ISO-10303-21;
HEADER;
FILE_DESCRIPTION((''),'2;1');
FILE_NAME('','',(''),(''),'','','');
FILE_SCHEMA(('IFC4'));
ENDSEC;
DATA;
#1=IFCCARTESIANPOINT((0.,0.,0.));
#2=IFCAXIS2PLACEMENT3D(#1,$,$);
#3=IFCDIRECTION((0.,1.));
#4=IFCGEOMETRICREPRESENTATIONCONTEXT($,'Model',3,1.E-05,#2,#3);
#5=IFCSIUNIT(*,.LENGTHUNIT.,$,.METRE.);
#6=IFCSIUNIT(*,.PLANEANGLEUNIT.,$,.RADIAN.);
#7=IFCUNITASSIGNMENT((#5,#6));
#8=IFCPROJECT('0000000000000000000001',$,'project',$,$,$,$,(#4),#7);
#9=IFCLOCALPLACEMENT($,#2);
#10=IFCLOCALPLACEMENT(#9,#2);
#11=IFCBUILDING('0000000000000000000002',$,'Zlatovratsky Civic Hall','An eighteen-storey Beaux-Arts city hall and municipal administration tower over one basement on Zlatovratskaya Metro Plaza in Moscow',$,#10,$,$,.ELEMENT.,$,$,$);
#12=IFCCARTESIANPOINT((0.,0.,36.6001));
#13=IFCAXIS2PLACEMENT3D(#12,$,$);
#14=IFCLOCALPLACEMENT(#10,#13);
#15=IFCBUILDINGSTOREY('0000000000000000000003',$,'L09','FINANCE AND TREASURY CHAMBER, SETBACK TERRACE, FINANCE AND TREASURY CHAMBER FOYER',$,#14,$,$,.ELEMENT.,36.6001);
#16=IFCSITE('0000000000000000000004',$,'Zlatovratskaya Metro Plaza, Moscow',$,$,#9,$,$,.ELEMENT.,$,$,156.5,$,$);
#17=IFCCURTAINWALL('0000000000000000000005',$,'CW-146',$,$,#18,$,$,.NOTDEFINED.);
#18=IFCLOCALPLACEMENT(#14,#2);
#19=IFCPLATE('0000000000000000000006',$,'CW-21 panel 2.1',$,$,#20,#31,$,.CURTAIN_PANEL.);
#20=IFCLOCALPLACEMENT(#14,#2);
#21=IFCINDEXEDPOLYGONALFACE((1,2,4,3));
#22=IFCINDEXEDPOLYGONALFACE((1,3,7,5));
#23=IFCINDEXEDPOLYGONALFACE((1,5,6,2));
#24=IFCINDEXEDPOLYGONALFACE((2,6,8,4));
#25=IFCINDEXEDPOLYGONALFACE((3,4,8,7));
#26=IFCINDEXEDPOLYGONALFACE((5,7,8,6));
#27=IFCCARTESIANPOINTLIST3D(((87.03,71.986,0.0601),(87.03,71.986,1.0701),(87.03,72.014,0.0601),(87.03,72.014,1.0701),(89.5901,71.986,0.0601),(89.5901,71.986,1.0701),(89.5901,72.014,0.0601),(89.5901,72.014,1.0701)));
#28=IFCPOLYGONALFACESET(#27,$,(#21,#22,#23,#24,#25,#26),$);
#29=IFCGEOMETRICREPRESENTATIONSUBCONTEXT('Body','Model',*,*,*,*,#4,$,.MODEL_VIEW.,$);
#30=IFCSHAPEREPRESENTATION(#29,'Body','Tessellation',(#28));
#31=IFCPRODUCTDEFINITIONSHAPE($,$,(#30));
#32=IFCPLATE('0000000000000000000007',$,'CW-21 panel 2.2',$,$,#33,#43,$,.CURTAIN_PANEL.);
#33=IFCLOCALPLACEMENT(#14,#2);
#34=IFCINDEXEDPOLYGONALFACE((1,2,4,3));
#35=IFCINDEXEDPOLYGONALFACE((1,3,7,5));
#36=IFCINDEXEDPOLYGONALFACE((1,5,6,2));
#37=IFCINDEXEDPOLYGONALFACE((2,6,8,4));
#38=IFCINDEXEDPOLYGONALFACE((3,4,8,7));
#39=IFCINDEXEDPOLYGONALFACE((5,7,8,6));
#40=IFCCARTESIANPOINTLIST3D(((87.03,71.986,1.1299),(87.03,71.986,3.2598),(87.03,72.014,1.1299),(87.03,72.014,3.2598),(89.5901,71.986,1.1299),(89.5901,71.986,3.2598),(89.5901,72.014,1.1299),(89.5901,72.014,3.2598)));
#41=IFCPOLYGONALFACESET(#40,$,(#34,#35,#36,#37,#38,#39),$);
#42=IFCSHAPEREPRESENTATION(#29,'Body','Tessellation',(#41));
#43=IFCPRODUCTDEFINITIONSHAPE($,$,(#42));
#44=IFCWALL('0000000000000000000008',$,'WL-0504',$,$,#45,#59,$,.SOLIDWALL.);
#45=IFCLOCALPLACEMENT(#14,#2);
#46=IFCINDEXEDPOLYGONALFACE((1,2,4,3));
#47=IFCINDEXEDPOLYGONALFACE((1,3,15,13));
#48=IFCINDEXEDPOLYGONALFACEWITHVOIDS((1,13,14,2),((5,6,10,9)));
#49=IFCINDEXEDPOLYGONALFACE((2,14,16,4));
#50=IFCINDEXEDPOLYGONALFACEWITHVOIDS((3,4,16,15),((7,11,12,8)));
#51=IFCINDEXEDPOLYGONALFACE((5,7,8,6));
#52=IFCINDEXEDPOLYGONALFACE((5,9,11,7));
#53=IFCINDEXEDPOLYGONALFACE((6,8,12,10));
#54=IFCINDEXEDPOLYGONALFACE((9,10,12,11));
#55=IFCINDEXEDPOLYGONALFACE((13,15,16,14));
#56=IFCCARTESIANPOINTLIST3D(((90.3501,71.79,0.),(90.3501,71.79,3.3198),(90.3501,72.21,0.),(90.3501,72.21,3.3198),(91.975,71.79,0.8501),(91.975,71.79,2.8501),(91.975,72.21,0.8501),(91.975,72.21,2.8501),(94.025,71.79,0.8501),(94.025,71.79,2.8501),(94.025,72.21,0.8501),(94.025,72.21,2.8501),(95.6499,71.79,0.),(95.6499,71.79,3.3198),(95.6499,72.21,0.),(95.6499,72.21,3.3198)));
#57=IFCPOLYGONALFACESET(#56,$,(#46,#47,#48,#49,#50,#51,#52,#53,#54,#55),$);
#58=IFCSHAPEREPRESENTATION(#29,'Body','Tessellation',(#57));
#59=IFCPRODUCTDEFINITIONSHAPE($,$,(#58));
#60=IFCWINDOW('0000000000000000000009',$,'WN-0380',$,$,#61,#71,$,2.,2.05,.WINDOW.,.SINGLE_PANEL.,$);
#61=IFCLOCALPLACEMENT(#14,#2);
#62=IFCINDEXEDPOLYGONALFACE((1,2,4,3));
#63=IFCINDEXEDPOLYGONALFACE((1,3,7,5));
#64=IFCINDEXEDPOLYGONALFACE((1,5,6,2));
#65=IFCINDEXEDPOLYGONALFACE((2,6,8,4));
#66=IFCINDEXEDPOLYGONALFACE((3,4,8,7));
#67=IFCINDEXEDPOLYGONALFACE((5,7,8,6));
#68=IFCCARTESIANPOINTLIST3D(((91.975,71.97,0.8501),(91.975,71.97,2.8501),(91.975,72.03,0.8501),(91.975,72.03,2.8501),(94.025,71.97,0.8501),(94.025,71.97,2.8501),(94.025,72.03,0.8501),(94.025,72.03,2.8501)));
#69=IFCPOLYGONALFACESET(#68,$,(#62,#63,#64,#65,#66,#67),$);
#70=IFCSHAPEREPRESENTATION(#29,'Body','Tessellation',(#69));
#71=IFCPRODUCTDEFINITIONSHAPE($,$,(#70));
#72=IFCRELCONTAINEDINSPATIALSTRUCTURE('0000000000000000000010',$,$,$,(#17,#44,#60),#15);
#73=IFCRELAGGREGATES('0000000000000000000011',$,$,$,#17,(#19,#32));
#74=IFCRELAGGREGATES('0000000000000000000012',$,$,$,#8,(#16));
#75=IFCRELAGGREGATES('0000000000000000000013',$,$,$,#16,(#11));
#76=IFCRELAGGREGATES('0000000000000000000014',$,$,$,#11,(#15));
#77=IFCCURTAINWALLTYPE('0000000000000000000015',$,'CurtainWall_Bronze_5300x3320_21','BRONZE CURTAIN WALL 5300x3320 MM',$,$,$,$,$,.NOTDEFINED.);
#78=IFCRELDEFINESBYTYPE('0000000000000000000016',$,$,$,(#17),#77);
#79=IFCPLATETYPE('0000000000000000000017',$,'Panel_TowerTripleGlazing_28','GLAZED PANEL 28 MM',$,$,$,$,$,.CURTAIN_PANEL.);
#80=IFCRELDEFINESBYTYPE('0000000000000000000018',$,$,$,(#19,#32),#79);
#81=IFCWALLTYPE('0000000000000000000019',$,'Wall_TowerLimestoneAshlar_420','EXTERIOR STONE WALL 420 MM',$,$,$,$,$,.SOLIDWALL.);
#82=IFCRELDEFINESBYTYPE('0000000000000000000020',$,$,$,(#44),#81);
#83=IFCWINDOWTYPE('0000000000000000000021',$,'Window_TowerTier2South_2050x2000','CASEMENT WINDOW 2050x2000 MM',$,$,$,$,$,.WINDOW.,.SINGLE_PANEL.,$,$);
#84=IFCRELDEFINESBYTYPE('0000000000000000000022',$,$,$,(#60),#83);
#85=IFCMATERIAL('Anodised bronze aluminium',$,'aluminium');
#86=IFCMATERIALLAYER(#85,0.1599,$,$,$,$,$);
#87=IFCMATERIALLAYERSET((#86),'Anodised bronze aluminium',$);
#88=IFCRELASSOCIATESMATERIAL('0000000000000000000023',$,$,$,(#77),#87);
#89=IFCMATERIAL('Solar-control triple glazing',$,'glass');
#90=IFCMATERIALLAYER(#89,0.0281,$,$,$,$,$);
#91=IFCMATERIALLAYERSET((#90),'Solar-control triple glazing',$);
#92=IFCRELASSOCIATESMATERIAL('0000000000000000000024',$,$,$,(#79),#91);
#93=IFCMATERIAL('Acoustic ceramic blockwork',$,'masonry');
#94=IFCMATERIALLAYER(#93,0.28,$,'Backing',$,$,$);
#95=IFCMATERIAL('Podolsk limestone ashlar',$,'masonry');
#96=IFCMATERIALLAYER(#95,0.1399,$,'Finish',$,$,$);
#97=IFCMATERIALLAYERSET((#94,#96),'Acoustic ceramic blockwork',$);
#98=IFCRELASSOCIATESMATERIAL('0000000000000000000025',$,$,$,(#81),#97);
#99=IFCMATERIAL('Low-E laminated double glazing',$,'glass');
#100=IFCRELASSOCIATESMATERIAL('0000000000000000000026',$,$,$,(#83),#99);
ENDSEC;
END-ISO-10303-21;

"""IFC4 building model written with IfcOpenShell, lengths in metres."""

from ifc_helpers import new_model, si_unit, direction, frame, frame_2d, origin, origin_2d, place, context, subcontext, project, spatial, rectangle, extrude, material, layer, layer_set, type_object, element, fill, aggregate, save


model = new_model("IFC4")

# Units and contexts
model_context = context("Model", 3, precision=1e-05, world=origin(), true_north=direction((0.0, 1.0)))
body_context = subcontext(model_context, "Body", "Model", "MODEL_VIEW")
ifc_project = project(units=[si_unit("LENGTHUNIT", "METRE"), si_unit("PLANEANGLEUNIT", "RADIAN")], contexts=[model_context])

# Site, building, storey
site_placement = place(None, origin())
site = spatial("IfcSite", under=ifc_project, at=site_placement, Name="Zlatovratskaya Metro Plaza, Moscow", CompositionType="ELEMENT", RefElevation=156.5)
building_placement = place(site_placement, origin())
building = spatial("IfcBuilding", under=site, at=building_placement, Name="Zlatovratsky Civic Hall", Description="An eighteen-storey Beaux-Arts city hall and municipal administration tower over one basement on Zlatovratskaya Metro Plaza in Moscow", CompositionType="ELEMENT")
storey_placement = place(building_placement, frame((0.0, 0.0, 36.6001)))
storey = spatial("IfcBuildingStorey", under=building, at=storey_placement, Name="L09", Description="FINANCE AND TREASURY CHAMBER, SETBACK TERRACE, FINANCE AND TREASURY CHAMBER FOYER", CompositionType="ELEMENT", Elevation=36.6001)

# Shared definitions
ifc_material_1 = material(Name="Anodised bronze aluminium", Category="aluminium")
ifc_layer_1 = layer(ifc_material_1, 0.1599)
ifc_layer_set_1 = layer_set([ifc_layer_1], Name="Anodised bronze aluminium")
curtain_wall_type = type_object("IfcCurtainWallType", Name="CurtainWall_Bronze_5300x3320_21", Description="BRONZE CURTAIN WALL 5300x3320 MM", PredefinedType="NOTDEFINED", material=ifc_layer_set_1)

# Curtain wall, plates
curtain_wall_1_placement = place(storey_placement, origin())
curtain_wall_1 = element("IfcCurtainWall", 1, at=curtain_wall_1_placement, inside=storey, type_object=curtain_wall_type, Name="CW-146", PredefinedType="NOTDEFINED")
ifc_material_2 = material(Name="Solar-control triple glazing", Category="glass")
ifc_layer_2 = layer(ifc_material_2, 0.0281)
ifc_layer_set_2 = layer_set([ifc_layer_2], Name="Solar-control triple glazing")
plate_type = type_object("IfcPlateType", Name="Panel_TowerTripleGlazing_28", Description="GLAZED PANEL 28 MM", PredefinedType="CURTAIN_PANEL", material=ifc_layer_set_2)
plate_1_placement = place(storey_placement, frame((88.3101, 72.0, 0.0601), z_axis=(0.0, 0.0, 1.0), x_axis=(1.0, 0.0, 0.0)))
plate_1 = element("IfcPlate", 2, at=plate_1_placement, type_object=plate_type, Name="CW-21 panel 2.1", PredefinedType="CURTAIN_PANEL", context=body_context, shape_type="SweptSolid", body=[
    extrude(rectangle(XDim=2.5601, YDim=0.0281, at=origin_2d()), origin(), (0.0, 0.0, 1.0), 1.01),
])
plate_2_placement = place(storey_placement, frame((88.3101, 72.0, 1.1299), z_axis=(0.0, 0.0, 1.0), x_axis=(1.0, 0.0, 0.0)))
plate_2 = element("IfcPlate", 3, at=plate_2_placement, type_object=plate_type, Name="CW-21 panel 2.2", PredefinedType="CURTAIN_PANEL", context=body_context, shape_type="SweptSolid", body=[
    extrude(rectangle(XDim=2.5601, YDim=0.0281, at=origin_2d()), origin(), (0.0, 0.0, 1.0), 2.1299),
])
aggregate(curtain_wall_1, [plate_1, plate_2])

# Wall, opening, window
ifc_material_3 = material(Name="Acoustic ceramic blockwork", Category="masonry")
ifc_layer_3 = layer(ifc_material_3, 0.28, Name="Backing")
ifc_material_4 = material(Name="Podolsk limestone ashlar", Category="masonry")
ifc_layer_4 = layer(ifc_material_4, 0.1399, Name="Finish")
ifc_layer_set_3 = layer_set([ifc_layer_3, ifc_layer_4], Name="Acoustic ceramic blockwork")
wall_type = type_object("IfcWallType", Name="Wall_TowerLimestoneAshlar_420", Description="EXTERIOR STONE WALL 420 MM", PredefinedType="SOLIDWALL", material=ifc_layer_set_3)
wall_placement = place(storey_placement, frame((90.3501, 72.0, 0.0), z_axis=(0.0, 0.0, 1.0), x_axis=(1.0, 0.0, 0.0)))
wall = element("IfcWall", 4, at=wall_placement, inside=storey, type_object=wall_type, Name="WL-0504", PredefinedType="SOLIDWALL", context=body_context, shape_type="SweptSolid", body=[
    extrude(rectangle(XDim=5.2998, YDim=0.4199, at=frame_2d((2.6499, 0.0))), origin(), (0.0, 0.0, 1.0), 3.3198),
])
opening_placement = place(wall_placement, frame((1.625, 0.0, 0.8501)))
opening = element("IfcOpeningElement", 5, at=opening_placement, cuts=wall, PredefinedType="OPENING", context=body_context, shape_type="SweptSolid", body=[
    extrude(rectangle(XDim=2.05, YDim=2.0, at=frame_2d((1.0249, 1.0))), frame((0.0, 0.2249, 0.0), z_axis=(0.0, -1.0, 0.0), x_axis=(1.0, 0.0, 0.0)), (0.0, 0.0, 1.0), 0.4497),
])
ifc_material_5 = material(Name="Low-E laminated double glazing", Category="glass")
window_type = type_object("IfcWindowType", Name="Window_TowerTier2South_2050x2000", Description="CASEMENT WINDOW 2050x2000 MM", PartitioningType="SINGLE_PANEL", PredefinedType="WINDOW", material=ifc_material_5)
window_placement = place(opening_placement, origin())
window = element("IfcWindow", 6, at=window_placement, inside=storey, type_object=window_type, Name="WN-0380", OverallHeight=2.0, OverallWidth=2.05, PartitioningType="SINGLE_PANEL", PredefinedType="WINDOW", context=body_context, shape_type="SweptSolid", body=[
    extrude(rectangle(XDim=2.05, YDim=2.0, at=frame_2d((1.0249, 1.0))), frame((0.0, 0.03, 0.0), z_axis=(0.0, -1.0, 0.0), x_axis=(1.0, 0.0, 0.0)), (0.0, 0.0, 1.0), 0.0601),
])
fill(opening, window)

save(model, "model.ifc")
